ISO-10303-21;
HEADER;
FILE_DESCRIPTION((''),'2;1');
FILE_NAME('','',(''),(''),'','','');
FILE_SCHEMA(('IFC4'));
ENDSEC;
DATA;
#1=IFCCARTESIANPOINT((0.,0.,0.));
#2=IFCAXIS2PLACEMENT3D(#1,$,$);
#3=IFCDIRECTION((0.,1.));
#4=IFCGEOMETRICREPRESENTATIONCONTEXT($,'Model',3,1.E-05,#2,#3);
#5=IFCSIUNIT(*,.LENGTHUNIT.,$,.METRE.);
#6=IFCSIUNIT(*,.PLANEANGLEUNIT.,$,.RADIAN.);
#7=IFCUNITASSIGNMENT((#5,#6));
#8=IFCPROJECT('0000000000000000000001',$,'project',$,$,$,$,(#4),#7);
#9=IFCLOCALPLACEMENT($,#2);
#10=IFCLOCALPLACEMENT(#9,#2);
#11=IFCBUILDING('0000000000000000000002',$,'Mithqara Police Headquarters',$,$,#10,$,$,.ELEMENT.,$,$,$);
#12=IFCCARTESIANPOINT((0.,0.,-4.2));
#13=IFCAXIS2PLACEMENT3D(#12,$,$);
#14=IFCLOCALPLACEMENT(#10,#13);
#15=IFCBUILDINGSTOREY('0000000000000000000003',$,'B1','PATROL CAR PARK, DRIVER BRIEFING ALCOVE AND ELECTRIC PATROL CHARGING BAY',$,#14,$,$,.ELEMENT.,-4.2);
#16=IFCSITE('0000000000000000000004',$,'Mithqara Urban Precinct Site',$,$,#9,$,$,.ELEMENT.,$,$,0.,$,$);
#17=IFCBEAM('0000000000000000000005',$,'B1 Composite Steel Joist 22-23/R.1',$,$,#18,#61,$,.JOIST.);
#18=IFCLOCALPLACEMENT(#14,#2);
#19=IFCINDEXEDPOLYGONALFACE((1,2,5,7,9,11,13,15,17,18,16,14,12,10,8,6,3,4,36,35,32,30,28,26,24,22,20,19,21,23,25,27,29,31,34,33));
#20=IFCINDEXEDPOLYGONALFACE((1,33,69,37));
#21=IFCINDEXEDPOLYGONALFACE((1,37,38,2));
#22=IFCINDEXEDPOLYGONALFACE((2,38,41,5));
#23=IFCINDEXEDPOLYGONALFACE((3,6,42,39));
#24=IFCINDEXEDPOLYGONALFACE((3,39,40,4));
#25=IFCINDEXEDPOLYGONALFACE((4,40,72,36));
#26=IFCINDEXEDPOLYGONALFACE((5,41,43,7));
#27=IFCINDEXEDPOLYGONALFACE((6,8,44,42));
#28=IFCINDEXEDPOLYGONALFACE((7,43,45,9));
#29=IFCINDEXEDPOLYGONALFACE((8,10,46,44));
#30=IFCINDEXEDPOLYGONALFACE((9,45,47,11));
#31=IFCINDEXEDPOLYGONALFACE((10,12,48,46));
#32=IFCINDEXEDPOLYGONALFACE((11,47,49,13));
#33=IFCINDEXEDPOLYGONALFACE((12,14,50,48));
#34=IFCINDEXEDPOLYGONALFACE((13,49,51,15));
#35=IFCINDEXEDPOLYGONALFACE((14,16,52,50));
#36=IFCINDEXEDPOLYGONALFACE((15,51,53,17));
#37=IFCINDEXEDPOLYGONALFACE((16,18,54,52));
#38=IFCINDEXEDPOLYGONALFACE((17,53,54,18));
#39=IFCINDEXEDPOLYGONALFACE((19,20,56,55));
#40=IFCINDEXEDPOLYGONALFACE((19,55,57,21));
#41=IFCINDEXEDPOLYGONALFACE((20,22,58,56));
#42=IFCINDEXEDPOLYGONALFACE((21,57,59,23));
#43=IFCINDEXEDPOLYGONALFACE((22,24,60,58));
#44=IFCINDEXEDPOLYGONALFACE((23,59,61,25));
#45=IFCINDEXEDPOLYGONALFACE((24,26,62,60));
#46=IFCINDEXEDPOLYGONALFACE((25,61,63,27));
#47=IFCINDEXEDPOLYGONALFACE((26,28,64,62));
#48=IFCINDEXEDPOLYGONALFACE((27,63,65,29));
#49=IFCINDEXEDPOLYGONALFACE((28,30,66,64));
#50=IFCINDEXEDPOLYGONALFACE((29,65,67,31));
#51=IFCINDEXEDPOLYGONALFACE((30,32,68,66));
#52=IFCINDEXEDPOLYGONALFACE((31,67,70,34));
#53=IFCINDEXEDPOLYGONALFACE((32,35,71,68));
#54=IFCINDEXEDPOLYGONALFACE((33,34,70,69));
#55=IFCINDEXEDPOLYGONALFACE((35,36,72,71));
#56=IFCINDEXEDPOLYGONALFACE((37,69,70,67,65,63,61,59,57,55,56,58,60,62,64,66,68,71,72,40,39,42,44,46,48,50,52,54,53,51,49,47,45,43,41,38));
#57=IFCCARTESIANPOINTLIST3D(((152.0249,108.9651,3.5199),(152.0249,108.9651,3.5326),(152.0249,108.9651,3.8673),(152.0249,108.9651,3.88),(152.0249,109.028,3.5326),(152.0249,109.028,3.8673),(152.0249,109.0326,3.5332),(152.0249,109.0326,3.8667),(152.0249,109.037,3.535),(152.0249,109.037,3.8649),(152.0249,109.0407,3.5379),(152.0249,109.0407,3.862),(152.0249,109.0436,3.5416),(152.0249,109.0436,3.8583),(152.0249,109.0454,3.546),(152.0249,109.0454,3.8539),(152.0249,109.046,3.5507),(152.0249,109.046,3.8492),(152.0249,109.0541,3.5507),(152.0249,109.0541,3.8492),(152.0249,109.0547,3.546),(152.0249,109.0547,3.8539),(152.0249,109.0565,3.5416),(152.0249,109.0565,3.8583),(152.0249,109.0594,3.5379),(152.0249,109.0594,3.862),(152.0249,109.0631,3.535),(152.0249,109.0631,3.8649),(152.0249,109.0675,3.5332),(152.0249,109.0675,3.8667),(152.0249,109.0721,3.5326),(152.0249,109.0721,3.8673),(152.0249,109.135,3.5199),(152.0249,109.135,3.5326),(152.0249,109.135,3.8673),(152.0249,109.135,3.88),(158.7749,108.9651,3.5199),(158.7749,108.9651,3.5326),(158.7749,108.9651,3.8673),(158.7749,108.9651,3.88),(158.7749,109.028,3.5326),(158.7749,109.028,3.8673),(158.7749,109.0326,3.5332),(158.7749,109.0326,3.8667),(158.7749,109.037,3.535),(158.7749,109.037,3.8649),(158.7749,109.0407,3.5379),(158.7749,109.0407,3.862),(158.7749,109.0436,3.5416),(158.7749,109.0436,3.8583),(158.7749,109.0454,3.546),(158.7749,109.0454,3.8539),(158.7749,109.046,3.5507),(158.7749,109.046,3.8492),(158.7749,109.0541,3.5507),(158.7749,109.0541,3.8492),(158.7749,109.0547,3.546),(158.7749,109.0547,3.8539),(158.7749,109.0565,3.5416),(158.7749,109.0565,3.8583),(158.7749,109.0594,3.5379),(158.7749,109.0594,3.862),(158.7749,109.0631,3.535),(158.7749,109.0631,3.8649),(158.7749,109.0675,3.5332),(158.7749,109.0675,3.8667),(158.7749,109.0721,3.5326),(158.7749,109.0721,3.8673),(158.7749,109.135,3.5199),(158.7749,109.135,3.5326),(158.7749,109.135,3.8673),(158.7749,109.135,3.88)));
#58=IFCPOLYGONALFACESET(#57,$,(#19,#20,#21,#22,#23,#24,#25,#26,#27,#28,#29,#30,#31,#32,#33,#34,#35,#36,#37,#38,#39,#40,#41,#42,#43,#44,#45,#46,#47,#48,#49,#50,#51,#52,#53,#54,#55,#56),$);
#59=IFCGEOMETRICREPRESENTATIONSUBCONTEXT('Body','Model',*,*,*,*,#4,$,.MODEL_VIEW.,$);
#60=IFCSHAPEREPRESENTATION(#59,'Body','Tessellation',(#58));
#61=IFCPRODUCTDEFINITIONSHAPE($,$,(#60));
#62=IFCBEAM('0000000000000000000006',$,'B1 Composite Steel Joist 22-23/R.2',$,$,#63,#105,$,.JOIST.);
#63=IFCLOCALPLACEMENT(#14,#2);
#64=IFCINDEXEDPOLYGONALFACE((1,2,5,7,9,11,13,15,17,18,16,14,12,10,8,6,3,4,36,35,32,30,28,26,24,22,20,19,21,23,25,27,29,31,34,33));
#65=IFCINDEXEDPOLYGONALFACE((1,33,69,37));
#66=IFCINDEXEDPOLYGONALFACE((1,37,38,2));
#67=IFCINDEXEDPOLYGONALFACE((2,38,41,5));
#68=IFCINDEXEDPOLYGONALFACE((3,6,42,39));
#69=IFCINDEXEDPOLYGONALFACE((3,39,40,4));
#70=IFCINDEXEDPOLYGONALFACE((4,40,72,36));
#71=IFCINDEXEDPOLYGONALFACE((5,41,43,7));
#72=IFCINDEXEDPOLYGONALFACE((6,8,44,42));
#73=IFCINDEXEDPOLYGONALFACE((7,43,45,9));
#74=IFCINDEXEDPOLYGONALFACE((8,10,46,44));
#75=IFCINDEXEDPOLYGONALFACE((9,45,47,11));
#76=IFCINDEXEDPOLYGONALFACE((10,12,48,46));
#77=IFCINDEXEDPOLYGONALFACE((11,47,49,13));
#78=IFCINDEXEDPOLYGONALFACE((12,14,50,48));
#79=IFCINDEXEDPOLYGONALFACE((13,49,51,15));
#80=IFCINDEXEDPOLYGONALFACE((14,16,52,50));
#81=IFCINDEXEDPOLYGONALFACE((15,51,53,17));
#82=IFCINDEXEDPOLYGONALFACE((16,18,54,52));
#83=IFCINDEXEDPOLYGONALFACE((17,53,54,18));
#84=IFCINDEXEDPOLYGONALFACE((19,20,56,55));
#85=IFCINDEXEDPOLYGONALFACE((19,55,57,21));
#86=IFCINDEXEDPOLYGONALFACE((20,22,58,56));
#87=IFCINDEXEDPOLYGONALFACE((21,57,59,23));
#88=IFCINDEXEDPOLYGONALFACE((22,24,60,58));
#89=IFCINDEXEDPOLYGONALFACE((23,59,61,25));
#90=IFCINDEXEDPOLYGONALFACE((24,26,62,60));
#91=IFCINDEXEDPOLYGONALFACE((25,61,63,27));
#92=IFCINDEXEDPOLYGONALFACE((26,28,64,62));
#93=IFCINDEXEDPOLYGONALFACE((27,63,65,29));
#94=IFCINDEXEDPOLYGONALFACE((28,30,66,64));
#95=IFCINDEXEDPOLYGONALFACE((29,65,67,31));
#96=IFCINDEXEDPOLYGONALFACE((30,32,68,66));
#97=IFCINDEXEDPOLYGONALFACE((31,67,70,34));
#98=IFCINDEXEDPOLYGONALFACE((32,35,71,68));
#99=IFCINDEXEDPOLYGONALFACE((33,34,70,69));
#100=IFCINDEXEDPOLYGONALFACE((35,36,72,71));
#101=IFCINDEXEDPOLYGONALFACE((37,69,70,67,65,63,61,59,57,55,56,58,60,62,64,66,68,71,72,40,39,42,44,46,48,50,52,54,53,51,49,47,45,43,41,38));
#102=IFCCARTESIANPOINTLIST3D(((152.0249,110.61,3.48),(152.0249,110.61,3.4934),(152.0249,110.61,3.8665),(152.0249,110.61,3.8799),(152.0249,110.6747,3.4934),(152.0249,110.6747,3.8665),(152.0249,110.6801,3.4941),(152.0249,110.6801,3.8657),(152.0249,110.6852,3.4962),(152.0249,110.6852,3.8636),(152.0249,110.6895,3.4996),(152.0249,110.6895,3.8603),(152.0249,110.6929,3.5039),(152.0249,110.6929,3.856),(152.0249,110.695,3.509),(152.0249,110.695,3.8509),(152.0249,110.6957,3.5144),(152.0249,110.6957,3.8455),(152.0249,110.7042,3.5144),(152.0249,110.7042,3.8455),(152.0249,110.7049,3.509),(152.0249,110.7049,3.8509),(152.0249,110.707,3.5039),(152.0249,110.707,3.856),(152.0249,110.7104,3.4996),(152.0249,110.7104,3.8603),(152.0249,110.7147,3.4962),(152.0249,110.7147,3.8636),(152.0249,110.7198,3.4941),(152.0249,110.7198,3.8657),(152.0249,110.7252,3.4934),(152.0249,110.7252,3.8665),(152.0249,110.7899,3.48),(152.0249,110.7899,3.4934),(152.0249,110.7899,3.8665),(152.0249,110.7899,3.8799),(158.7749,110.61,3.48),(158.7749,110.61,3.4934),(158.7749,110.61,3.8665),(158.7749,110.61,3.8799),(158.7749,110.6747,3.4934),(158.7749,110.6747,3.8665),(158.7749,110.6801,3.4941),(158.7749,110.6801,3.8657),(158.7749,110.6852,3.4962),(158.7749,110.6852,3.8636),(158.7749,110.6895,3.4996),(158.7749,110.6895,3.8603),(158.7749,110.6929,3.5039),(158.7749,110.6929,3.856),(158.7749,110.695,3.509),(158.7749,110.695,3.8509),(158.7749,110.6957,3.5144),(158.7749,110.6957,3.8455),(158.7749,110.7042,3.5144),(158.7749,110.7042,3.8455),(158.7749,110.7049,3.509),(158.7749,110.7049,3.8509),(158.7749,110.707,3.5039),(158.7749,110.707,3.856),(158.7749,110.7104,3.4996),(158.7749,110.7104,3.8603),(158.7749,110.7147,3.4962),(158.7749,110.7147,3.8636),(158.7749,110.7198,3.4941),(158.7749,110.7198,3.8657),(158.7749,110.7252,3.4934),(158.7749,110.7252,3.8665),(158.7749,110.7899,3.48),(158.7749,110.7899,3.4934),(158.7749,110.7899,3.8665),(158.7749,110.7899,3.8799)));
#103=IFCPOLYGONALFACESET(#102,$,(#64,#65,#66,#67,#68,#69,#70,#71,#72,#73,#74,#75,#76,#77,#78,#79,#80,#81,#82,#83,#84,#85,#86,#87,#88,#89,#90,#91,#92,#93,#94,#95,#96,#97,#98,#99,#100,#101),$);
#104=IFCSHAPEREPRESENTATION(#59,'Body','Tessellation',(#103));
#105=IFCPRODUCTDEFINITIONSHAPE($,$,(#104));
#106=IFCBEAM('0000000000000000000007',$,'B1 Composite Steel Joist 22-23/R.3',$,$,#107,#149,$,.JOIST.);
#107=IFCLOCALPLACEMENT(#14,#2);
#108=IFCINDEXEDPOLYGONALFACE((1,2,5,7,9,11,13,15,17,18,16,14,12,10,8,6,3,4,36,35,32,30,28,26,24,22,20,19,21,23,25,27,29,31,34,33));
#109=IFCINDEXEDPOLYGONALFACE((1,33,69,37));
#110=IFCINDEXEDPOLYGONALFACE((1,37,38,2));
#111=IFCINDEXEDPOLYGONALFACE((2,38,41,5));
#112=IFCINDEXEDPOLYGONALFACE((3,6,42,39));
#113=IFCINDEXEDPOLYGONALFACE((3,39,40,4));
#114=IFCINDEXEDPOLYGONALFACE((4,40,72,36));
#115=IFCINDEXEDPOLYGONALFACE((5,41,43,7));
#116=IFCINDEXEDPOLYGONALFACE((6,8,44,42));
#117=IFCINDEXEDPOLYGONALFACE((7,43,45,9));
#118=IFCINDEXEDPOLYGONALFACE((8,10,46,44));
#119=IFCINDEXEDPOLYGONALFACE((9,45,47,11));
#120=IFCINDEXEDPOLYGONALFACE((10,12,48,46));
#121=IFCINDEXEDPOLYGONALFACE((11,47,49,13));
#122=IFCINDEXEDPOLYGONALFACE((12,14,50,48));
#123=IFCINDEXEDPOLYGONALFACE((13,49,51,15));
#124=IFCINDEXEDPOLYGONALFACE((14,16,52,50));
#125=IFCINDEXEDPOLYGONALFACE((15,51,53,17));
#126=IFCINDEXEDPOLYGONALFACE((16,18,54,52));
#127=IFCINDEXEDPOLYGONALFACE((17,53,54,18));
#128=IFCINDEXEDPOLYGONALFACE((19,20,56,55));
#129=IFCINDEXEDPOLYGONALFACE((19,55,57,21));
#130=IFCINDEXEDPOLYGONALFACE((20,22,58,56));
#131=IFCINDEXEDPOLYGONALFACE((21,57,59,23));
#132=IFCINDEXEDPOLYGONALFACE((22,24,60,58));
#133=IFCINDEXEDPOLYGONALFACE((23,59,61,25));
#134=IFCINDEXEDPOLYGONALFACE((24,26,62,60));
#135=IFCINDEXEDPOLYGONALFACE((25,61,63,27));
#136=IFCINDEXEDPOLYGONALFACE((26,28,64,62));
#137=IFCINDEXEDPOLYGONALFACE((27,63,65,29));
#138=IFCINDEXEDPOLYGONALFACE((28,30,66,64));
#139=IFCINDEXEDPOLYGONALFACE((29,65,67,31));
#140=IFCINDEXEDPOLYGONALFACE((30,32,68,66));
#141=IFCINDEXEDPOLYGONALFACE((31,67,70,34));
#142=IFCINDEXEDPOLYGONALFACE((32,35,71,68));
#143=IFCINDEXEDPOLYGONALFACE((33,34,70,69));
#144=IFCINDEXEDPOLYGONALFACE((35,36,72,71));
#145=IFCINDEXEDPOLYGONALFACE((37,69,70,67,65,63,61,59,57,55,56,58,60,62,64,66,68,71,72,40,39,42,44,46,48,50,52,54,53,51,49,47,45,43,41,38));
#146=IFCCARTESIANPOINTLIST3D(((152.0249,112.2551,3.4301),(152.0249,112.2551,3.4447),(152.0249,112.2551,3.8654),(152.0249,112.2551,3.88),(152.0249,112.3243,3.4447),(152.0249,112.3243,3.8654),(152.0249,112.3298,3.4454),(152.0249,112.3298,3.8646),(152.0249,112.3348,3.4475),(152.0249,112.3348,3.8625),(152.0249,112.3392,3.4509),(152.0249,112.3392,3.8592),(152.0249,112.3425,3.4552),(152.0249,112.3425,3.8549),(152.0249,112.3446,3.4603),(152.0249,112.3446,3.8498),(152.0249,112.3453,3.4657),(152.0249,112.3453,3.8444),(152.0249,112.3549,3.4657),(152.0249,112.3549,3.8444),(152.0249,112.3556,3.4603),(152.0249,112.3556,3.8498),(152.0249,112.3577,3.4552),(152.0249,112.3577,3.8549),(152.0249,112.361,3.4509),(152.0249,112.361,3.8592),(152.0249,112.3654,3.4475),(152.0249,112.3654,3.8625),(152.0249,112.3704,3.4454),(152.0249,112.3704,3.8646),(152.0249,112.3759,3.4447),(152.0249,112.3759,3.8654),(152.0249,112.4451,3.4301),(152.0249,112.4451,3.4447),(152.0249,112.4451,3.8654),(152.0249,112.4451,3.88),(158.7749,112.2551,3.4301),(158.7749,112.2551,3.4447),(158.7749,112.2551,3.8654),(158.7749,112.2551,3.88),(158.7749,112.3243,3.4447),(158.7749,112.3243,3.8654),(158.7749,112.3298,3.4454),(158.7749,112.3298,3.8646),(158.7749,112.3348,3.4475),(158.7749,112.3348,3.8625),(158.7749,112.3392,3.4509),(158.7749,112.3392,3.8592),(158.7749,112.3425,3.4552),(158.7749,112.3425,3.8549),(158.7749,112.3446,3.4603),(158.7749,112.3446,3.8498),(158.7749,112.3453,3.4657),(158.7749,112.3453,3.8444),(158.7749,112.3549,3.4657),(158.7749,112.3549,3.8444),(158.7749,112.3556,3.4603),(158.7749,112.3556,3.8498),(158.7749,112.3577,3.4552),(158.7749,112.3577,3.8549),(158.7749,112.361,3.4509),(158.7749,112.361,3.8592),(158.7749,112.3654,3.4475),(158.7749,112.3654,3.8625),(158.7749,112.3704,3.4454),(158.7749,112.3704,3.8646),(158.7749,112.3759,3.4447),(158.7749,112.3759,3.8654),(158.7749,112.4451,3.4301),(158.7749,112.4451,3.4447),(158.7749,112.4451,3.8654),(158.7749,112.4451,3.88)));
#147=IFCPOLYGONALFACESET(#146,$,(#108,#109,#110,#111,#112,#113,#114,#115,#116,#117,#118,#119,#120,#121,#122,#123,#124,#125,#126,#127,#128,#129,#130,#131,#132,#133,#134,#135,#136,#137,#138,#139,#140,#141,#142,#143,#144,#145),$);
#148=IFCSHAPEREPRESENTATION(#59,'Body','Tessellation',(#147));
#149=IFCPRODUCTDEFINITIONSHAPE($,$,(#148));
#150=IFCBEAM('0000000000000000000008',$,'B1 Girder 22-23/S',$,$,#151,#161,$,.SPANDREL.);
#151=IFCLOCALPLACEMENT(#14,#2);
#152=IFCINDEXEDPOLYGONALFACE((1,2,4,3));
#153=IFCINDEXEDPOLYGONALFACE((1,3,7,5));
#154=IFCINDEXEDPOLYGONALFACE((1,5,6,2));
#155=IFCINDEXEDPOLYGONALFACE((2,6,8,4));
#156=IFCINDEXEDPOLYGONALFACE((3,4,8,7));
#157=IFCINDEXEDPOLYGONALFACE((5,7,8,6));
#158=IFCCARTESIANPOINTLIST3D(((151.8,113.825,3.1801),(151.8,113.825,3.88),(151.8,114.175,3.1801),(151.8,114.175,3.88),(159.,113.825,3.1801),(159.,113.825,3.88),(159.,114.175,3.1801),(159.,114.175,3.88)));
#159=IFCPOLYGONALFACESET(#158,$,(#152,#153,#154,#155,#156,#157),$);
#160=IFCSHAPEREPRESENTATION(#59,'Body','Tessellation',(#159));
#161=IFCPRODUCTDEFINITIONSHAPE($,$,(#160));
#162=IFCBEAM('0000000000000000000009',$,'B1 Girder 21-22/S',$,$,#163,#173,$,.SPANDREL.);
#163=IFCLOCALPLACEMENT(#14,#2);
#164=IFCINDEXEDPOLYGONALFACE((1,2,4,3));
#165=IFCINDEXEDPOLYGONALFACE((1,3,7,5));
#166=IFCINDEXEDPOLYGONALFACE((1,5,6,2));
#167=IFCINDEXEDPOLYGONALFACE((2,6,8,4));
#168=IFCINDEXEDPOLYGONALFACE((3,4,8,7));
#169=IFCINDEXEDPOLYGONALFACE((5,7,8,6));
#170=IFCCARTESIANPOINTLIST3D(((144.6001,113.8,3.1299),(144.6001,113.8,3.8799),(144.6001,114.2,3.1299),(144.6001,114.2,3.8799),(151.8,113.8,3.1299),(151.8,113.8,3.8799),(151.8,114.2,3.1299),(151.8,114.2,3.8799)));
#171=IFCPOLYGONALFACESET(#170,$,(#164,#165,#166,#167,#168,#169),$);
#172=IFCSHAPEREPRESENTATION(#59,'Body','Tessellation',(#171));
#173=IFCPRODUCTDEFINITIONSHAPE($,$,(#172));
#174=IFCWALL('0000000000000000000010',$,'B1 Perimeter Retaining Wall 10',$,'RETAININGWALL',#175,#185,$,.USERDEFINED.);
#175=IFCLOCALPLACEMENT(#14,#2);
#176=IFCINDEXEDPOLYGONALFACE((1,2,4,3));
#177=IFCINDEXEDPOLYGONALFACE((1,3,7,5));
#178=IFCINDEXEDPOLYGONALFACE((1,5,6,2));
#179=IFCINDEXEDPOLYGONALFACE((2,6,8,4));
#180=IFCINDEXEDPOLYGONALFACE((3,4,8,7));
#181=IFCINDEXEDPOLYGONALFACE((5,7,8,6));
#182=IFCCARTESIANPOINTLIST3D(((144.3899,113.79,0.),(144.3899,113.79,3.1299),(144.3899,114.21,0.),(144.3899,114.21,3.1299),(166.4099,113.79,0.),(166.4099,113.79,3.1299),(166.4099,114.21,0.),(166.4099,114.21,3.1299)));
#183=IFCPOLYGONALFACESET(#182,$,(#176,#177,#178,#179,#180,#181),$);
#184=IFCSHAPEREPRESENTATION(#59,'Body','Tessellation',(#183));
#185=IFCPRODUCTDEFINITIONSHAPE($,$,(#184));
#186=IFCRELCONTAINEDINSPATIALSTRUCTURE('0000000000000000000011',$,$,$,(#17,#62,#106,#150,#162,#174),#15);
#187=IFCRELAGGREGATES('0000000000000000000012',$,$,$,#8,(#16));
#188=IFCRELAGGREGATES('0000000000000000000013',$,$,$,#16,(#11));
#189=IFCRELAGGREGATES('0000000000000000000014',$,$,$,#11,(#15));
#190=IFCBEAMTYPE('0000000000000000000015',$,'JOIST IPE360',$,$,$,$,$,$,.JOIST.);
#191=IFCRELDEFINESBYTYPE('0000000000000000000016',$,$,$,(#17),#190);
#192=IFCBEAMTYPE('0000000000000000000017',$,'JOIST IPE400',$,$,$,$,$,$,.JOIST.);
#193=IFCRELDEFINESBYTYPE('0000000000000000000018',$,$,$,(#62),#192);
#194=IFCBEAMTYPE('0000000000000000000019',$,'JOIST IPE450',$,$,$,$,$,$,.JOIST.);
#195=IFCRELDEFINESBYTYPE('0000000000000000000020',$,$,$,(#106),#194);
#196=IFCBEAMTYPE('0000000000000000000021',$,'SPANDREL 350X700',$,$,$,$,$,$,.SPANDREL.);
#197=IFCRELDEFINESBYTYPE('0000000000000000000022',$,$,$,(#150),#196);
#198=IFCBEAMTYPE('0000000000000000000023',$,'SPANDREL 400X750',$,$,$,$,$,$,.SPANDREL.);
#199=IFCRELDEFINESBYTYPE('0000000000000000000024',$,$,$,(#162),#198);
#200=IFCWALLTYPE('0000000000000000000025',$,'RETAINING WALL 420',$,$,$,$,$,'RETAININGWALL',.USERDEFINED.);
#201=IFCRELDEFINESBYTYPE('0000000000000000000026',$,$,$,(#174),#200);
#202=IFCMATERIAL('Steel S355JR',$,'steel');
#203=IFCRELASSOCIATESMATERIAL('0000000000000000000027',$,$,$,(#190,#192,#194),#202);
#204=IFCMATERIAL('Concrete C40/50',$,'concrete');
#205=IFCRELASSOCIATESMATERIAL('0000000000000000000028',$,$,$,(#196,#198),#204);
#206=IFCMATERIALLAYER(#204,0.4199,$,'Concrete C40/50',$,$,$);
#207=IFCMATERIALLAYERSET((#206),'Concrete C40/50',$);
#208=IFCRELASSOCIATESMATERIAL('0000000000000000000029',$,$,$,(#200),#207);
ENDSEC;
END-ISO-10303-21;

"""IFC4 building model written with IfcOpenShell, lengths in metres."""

from ifc_helpers import new_model, si_unit, direction, frame, frame_2d, origin, origin_2d, place, context, subcontext, project, spatial, rectangle, i_section, extrude, material, layer, layer_set, material_profile, profile_set, type_object, element, save


model = new_model("IFC4")

# Units and contexts
model_context = context("Model", 3, precision=1e-05, world=origin(), true_north=direction((0.0, 1.0)))
body_context = subcontext(model_context, "Body", "Model", "MODEL_VIEW")
ifc_project = project(units=[si_unit("LENGTHUNIT", "METRE"), si_unit("PLANEANGLEUNIT", "RADIAN")], contexts=[model_context])

# Site, building, storey
site_placement = place(None, origin())
site = spatial("IfcSite", under=ifc_project, at=site_placement, Name="Mithqara Urban Precinct Site", CompositionType="ELEMENT", RefElevation=0.0)
building_placement = place(site_placement, origin())
building = spatial("IfcBuilding", under=site, at=building_placement, Name="Mithqara Police Headquarters", CompositionType="ELEMENT")
storey_placement = place(building_placement, frame((0.0, 0.0, -4.2)))
storey = spatial("IfcBuildingStorey", under=building, at=storey_placement, Name="B1", Description="PATROL CAR PARK, DRIVER BRIEFING ALCOVE AND ELECTRIC PATROL CHARGING BAY", CompositionType="ELEMENT", Elevation=-4.2)

# Shared definitions
ifc_material_1 = material(Name="Concrete C40/50", Category="concrete")

# Beams
ifc_material_2 = material(Name="Steel S355JR", Category="steel")
ifc_material_profile_1 = material_profile(ifc_material_2, i_section(OverallWidth=0.1699, OverallDepth=0.3601, WebThickness=0.0081, FlangeThickness=0.0127, FilletRadius=0.0181, at=origin_2d()), Name="IPE 360")
ifc_profile_set_1 = profile_set([ifc_material_profile_1], Name="Steel S355JR")
beam_type_1 = type_object("IfcBeamType", Name="JOIST IPE360", PredefinedType="JOIST", material=ifc_profile_set_1)
beam_1_placement = place(storey_placement, frame((152.0249, 109.05, 3.7), z_axis=(1.0, 0.0, 0.0), x_axis=(0.0, 1.0, 0.0)))
element("IfcBeam", 1, at=beam_1_placement, inside=storey, type_object=beam_type_1, Name="B1 Composite Steel Joist 22-23/R.1", PredefinedType="JOIST", context=body_context, shape_type="SweptSolid", body=[
    extrude(i_section(OverallWidth=0.1699, OverallDepth=0.3601, WebThickness=0.0081, FlangeThickness=0.0127, FilletRadius=0.0181, at=origin_2d()), origin(), (0.0, 0.0, 1.0), 6.75),
])
ifc_material_profile_2 = material_profile(ifc_material_2, i_section(OverallWidth=0.1799, OverallDepth=0.3999, WebThickness=0.0085, FlangeThickness=0.0134, FilletRadius=0.021, at=origin_2d()), Name="IPE 400")
ifc_profile_set_2 = profile_set([ifc_material_profile_2], Name="Steel S355JR")
beam_type_2 = type_object("IfcBeamType", Name="JOIST IPE400", PredefinedType="JOIST", material=ifc_profile_set_2)
beam_2_placement = place(storey_placement, frame((152.0249, 110.7, 3.6799), z_axis=(1.0, 0.0, 0.0), x_axis=(0.0, 1.0, 0.0)))
element("IfcBeam", 2, at=beam_2_placement, inside=storey, type_object=beam_type_2, Name="B1 Composite Steel Joist 22-23/R.2", PredefinedType="JOIST", context=body_context, shape_type="SweptSolid", body=[
    extrude(i_section(OverallWidth=0.1799, OverallDepth=0.3999, WebThickness=0.0085, FlangeThickness=0.0134, FilletRadius=0.021, at=origin_2d()), origin(), (0.0, 0.0, 1.0), 6.75),
])
ifc_material_profile_3 = material_profile(ifc_material_2, i_section(OverallWidth=0.1899, OverallDepth=0.45, WebThickness=0.0095, FlangeThickness=0.0146, FilletRadius=0.021, at=origin_2d()), Name="IPE 450")
ifc_profile_set_3 = profile_set([ifc_material_profile_3], Name="Steel S355JR")
beam_type_3 = type_object("IfcBeamType", Name="JOIST IPE450", PredefinedType="JOIST", material=ifc_profile_set_3)
beam_3_placement = place(storey_placement, frame((152.0249, 112.3501, 3.655), z_axis=(1.0, 0.0, 0.0), x_axis=(0.0, 1.0, 0.0)))
element("IfcBeam", 3, at=beam_3_placement, inside=storey, type_object=beam_type_3, Name="B1 Composite Steel Joist 22-23/R.3", PredefinedType="JOIST", context=body_context, shape_type="SweptSolid", body=[
    extrude(i_section(OverallWidth=0.1899, OverallDepth=0.45, WebThickness=0.0095, FlangeThickness=0.0146, FilletRadius=0.021, at=origin_2d()), origin(), (0.0, 0.0, 1.0), 6.75),
])
ifc_material_profile_4 = material_profile(ifc_material_1, rectangle(XDim=0.3501, YDim=0.7, at=origin_2d()), Name="SPB 350x700")
ifc_profile_set_4 = profile_set([ifc_material_profile_4], Name="Concrete C40/50")
beam_type_4 = type_object("IfcBeamType", Name="SPANDREL 350X700", PredefinedType="SPANDREL", material=ifc_profile_set_4)
beam_4_placement = place(storey_placement, frame((151.8, 114.0, 3.53), z_axis=(1.0, 0.0, 0.0), x_axis=(0.0, 1.0, 0.0)))
element("IfcBeam", 4, at=beam_4_placement, inside=storey, type_object=beam_type_4, Name="B1 Girder 22-23/S", PredefinedType="SPANDREL", context=body_context, shape_type="SweptSolid", body=[
    extrude(rectangle(XDim=0.3501, YDim=0.7, at=origin_2d()), origin(), (0.0, 0.0, 1.0), 7.2),
])
ifc_material_profile_5 = material_profile(ifc_material_1, rectangle(XDim=0.3999, YDim=0.75, at=origin_2d()), Name="SPB 400x750")
ifc_profile_set_5 = profile_set([ifc_material_profile_5], Name="Concrete C40/50")
beam_type_5 = type_object("IfcBeamType", Name="SPANDREL 400X750", PredefinedType="SPANDREL", material=ifc_profile_set_5)
beam_5_placement = place(storey_placement, frame((144.6001, 114.0, 3.5049), z_axis=(1.0, 0.0, 0.0), x_axis=(0.0, 1.0, 0.0)))
element("IfcBeam", 5, at=beam_5_placement, inside=storey, type_object=beam_type_5, Name="B1 Girder 21-22/S", PredefinedType="SPANDREL", context=body_context, shape_type="SweptSolid", body=[
    extrude(rectangle(XDim=0.3999, YDim=0.75, at=origin_2d()), origin(), (0.0, 0.0, 1.0), 7.2),
])

# Wall
ifc_layer = layer(ifc_material_1, 0.4199, Name="Concrete C40/50")
ifc_layer_set = layer_set([ifc_layer], Name="Concrete C40/50")
wall_type = type_object("IfcWallType", Name="RETAINING WALL 420", ElementType="RETAININGWALL", PredefinedType="USERDEFINED", material=ifc_layer_set)
wall_placement = place(storey_placement, frame((144.3899, 114.0, 0.0), z_axis=(0.0, 0.0, 1.0), x_axis=(1.0, 0.0, 0.0)))
element("IfcWall", 6, at=wall_placement, inside=storey, type_object=wall_type, Name="B1 Perimeter Retaining Wall 10", ObjectType="RETAININGWALL", PredefinedType="USERDEFINED", context=body_context, shape_type="SweptSolid", body=[
    extrude(rectangle(XDim=22.02, YDim=0.4199, at=frame_2d((11.01, 0.0))), origin(), (0.0, 0.0, 1.0), 3.1299),
])

save(model, "model.ifc")
